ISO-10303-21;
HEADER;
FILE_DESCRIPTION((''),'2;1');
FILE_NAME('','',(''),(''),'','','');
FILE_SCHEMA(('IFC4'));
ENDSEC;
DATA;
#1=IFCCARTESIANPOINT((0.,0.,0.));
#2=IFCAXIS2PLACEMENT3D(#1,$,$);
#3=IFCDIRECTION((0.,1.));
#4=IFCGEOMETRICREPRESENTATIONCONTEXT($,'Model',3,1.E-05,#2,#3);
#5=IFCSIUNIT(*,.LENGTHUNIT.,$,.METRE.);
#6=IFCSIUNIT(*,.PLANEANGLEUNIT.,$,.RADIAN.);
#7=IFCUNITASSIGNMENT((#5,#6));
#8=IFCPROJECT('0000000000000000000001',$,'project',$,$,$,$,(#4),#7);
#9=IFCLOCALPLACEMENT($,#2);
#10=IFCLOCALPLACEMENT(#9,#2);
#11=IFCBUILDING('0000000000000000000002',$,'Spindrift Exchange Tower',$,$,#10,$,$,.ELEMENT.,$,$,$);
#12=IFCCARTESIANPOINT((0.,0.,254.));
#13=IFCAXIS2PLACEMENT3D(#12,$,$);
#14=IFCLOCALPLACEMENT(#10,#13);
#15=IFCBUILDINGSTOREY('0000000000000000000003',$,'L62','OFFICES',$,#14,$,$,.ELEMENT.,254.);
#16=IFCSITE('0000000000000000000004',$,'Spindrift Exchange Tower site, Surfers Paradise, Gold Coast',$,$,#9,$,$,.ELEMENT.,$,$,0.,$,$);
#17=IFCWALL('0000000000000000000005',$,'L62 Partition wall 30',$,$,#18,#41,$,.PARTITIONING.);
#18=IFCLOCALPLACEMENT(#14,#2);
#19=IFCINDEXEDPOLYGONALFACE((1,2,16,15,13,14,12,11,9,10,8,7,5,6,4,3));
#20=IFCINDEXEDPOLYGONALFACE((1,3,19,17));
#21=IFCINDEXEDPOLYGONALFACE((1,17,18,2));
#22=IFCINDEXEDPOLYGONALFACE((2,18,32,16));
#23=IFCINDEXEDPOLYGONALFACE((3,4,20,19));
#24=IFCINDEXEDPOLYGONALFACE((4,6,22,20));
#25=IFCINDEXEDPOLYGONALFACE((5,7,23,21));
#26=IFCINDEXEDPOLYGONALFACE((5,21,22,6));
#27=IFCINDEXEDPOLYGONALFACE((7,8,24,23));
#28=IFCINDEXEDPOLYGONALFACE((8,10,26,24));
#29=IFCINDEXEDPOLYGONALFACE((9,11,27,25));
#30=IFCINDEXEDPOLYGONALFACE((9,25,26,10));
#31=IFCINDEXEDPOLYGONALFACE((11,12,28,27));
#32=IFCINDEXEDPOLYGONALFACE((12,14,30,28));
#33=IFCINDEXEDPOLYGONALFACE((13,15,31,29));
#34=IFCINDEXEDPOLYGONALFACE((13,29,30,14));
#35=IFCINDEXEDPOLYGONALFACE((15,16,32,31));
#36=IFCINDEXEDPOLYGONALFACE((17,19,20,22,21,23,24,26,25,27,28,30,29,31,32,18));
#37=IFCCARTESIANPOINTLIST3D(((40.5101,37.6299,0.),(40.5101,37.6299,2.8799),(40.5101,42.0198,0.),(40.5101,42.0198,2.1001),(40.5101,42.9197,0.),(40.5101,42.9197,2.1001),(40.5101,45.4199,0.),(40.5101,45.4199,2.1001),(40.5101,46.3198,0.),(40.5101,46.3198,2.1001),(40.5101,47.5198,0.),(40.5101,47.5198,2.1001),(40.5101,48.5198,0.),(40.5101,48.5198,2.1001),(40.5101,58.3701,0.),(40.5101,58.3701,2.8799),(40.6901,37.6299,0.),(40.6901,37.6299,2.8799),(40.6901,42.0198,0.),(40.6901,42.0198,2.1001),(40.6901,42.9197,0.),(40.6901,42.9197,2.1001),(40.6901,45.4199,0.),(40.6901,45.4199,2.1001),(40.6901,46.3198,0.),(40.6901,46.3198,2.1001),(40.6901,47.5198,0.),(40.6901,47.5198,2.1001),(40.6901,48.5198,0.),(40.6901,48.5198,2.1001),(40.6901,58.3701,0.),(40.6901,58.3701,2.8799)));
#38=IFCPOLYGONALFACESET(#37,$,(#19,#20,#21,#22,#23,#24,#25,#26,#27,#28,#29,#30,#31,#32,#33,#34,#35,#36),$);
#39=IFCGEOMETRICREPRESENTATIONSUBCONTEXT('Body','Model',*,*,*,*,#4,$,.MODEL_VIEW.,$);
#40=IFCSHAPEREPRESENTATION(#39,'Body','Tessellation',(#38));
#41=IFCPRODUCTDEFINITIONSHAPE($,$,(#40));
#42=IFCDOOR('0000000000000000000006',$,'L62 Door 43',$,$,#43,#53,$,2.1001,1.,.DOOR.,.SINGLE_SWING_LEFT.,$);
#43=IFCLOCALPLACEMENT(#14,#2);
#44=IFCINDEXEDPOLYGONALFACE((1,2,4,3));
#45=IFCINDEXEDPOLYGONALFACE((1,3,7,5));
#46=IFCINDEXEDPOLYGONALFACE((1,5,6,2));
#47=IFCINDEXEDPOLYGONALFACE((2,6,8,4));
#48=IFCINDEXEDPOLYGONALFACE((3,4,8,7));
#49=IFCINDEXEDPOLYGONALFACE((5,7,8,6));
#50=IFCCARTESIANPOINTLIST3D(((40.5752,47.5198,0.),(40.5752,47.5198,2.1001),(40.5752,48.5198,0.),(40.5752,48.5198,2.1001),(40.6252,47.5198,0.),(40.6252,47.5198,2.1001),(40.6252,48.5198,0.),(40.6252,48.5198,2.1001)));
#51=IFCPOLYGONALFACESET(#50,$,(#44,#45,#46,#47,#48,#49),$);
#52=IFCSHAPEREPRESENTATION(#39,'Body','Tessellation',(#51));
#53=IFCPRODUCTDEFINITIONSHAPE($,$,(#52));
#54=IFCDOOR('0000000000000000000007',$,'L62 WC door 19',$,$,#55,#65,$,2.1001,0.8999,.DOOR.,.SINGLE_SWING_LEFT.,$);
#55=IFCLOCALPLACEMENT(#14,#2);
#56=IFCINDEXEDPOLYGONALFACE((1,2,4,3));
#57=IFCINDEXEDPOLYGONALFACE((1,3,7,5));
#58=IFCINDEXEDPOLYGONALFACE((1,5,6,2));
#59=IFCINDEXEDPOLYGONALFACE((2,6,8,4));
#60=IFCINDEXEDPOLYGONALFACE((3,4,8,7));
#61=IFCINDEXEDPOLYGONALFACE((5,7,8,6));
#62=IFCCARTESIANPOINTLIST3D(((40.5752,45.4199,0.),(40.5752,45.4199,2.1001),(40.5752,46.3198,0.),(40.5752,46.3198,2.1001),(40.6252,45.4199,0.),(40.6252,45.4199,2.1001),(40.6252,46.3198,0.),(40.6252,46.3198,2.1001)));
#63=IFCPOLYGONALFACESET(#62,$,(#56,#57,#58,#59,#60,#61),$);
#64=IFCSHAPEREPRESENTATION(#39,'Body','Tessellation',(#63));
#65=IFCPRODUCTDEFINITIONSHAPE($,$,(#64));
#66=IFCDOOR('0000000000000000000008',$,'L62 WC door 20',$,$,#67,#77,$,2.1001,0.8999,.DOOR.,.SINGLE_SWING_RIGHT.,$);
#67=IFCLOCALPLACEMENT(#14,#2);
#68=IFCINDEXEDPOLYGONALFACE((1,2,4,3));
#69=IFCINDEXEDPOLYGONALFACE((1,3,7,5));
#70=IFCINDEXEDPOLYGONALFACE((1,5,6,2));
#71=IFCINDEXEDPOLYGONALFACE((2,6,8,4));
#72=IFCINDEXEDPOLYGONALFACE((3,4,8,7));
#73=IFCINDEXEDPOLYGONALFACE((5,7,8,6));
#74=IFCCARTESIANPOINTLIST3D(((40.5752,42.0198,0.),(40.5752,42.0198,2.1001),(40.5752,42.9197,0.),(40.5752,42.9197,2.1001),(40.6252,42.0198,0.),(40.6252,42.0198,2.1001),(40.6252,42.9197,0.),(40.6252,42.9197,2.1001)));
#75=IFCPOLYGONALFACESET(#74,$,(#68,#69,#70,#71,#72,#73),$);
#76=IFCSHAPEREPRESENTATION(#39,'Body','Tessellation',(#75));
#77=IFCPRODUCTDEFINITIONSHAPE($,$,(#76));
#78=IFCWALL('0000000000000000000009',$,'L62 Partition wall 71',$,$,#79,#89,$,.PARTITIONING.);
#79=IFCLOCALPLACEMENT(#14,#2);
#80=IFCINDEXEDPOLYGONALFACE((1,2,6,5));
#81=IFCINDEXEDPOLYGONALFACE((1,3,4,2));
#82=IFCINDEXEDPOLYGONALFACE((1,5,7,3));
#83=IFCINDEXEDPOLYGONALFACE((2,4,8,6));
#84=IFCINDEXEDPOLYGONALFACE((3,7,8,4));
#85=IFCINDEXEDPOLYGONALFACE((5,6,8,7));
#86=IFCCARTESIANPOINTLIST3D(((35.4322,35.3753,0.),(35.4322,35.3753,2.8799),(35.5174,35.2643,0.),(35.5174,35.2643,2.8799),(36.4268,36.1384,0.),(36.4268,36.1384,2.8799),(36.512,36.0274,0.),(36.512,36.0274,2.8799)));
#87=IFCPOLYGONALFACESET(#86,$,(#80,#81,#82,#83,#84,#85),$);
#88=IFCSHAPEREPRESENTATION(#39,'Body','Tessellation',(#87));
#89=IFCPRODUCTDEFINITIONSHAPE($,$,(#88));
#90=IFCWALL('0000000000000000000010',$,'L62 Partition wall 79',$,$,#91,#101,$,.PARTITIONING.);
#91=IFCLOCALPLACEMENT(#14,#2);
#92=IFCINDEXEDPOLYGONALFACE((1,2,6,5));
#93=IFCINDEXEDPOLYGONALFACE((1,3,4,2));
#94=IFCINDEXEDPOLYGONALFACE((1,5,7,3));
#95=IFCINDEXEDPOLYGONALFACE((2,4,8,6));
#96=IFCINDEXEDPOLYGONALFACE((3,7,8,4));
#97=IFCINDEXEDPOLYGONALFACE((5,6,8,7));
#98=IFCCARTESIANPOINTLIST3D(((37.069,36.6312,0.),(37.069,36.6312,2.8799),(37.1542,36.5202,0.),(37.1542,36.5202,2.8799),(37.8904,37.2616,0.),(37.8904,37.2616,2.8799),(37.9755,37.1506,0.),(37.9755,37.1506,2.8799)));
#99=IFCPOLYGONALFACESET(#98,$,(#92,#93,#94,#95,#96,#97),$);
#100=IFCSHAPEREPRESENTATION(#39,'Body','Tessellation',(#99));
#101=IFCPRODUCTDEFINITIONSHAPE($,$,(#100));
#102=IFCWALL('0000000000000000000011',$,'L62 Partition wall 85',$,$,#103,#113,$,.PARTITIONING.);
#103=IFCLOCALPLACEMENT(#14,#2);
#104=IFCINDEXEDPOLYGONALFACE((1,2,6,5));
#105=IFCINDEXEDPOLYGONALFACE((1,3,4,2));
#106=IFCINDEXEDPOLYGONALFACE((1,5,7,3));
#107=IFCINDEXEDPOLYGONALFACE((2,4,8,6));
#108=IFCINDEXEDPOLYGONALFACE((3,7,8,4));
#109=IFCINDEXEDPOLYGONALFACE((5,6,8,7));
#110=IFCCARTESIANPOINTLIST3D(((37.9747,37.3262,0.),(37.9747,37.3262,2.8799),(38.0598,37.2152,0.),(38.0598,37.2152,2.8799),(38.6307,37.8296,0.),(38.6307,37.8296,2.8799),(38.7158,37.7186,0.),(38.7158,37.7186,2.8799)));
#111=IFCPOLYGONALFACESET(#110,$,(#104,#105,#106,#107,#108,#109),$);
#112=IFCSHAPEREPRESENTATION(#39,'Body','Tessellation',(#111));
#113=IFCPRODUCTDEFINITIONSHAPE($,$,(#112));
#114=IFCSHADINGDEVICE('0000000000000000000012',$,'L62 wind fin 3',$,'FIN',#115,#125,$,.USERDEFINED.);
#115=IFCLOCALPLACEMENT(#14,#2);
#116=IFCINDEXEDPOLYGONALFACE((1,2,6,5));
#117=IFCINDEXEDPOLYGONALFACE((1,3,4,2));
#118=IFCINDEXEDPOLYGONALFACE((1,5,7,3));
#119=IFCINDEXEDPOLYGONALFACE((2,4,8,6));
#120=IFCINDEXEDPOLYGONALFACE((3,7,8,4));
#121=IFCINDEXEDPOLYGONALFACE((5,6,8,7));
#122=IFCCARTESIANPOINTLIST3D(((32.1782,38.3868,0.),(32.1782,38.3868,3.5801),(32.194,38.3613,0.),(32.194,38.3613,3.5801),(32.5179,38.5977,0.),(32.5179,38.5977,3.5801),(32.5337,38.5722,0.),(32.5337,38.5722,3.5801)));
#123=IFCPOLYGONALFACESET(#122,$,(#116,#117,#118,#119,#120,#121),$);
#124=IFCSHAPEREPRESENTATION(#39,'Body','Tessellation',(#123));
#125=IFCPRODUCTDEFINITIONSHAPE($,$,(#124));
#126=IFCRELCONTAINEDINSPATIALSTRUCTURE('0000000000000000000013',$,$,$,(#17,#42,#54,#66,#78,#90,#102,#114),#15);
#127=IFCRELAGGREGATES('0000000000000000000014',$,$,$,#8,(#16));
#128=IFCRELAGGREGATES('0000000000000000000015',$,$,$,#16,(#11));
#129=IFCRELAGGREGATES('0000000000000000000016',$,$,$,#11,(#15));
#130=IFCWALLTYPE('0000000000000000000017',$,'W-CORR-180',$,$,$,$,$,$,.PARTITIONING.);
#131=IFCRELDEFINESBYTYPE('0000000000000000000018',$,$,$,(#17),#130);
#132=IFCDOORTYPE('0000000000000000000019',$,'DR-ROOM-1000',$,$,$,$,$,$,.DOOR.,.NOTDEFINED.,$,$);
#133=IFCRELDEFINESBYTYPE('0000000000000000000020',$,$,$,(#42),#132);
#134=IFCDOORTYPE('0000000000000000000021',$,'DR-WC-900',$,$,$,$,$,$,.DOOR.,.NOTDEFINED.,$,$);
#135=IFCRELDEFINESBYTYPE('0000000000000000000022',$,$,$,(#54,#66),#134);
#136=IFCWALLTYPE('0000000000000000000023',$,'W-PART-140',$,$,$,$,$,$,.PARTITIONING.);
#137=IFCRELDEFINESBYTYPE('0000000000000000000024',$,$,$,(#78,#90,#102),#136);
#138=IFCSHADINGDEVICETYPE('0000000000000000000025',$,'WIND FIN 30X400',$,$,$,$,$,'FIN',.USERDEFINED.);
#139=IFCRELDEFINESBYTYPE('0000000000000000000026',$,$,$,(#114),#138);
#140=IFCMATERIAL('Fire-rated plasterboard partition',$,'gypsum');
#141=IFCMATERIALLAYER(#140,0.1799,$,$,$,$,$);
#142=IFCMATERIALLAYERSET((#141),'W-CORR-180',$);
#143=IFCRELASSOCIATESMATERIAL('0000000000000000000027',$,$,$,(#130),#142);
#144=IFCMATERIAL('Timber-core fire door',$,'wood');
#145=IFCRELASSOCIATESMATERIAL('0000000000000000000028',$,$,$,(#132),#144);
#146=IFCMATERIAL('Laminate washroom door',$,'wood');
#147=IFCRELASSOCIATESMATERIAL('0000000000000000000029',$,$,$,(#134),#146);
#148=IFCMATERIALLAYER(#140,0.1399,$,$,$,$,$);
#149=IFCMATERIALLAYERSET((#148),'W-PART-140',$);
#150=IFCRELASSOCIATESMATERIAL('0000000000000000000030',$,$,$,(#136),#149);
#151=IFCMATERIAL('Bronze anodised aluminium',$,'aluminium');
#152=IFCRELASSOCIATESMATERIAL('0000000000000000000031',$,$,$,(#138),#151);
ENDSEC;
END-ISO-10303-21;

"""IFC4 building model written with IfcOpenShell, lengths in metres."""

from ifc_helpers import new_model, si_unit, direction, frame, frame_2d, origin, origin_2d, place, context, subcontext, project, spatial, rectangle, extrude, source, transform, mapped, material, layer, layer_set, material_profile, profile_set, type_object, element, fill, save


model = new_model("IFC4")

# Units and contexts
model_context = context("Model", 3, precision=1e-05, world=origin(), true_north=direction((0.0, 1.0)))
body_context = subcontext(model_context, "Body", "Model", "MODEL_VIEW")
ifc_project = project(units=[si_unit("LENGTHUNIT", "METRE"), si_unit("PLANEANGLEUNIT", "RADIAN")], contexts=[model_context])

# Site, building, storey
site_placement = place(None, origin())
site = spatial("IfcSite", under=ifc_project, at=site_placement, Name="Spindrift Exchange Tower site, Surfers Paradise, Gold Coast", CompositionType="ELEMENT", RefElevation=0.0)
building_placement = place(site_placement, origin())
building = spatial("IfcBuilding", under=site, at=building_placement, Name="Spindrift Exchange Tower", CompositionType="ELEMENT")
storey_placement = place(building_placement, frame((0.0, 0.0, 254.0)))
storey = spatial("IfcBuildingStorey", under=building, at=storey_placement, Name="L62", Description="OFFICES", CompositionType="ELEMENT", Elevation=254.0)

# Shared definitions
ifc_material_1 = material(Name="Bronze anodised aluminium", Category="aluminium")

# Wall, openings, doors
ifc_material_2 = material(Name="Fire-rated plasterboard partition", Category="gypsum")
ifc_layer_1 = layer(ifc_material_2, 0.1799)
ifc_layer_set_1 = layer_set([ifc_layer_1], Name="W-CORR-180")
wall_type_1 = type_object("IfcWallType", Name="W-CORR-180", PredefinedType="PARTITIONING", material=ifc_layer_set_1)
wall_1_placement = place(storey_placement, frame((40.6001, 37.6299, 0.0), z_axis=(0.0, 0.0, 1.0), x_axis=(0.0, 1.0, 0.0)))
wall_1 = element("IfcWall", 1, at=wall_1_placement, inside=storey, type_object=wall_type_1, Name="L62 Partition wall 30", PredefinedType="PARTITIONING", context=body_context, shape_type="SweptSolid", body=[
    extrude(rectangle(XDim=20.7402, YDim=0.1799, at=frame_2d((10.3701, 0.0))), origin(), (0.0, 0.0, 1.0), 2.8799),
])
opening_1_placement = place(wall_1_placement, frame((7.79, 0.0, 0.0)))
opening_1 = element("IfcOpeningElement", 2, at=opening_1_placement, cuts=wall_1, PredefinedType="OPENING", context=body_context, shape_type="SweptSolid", body=[
    extrude(rectangle(XDim=0.8999, YDim=2.1001, at=frame_2d((0.45, 1.05))), frame((0.0, 0.0999, 0.0), z_axis=(0.0, -1.0, 0.0), x_axis=(1.0, 0.0, 0.0)), (0.0, 0.0, 1.0), 0.2),
])
opening_2_placement = place(wall_1_placement, frame((4.3899, 0.0, 0.0)))
opening_2 = element("IfcOpeningElement", 3, at=opening_2_placement, cuts=wall_1, PredefinedType="OPENING", context=body_context, shape_type="SweptSolid", body=[
    extrude(rectangle(XDim=0.8999, YDim=2.1001, at=frame_2d((0.45, 1.05))), frame((0.0, 0.0999, 0.0), z_axis=(0.0, -1.0, 0.0), x_axis=(1.0, 0.0, 0.0)), (0.0, 0.0, 1.0), 0.2),
])
opening_3_placement = place(wall_1_placement, frame((9.8899, 0.0, 0.0)))
opening_3 = element("IfcOpeningElement", 4, at=opening_3_placement, cuts=wall_1, PredefinedType="OPENING", context=body_context, shape_type="SweptSolid", body=[
    extrude(rectangle(XDim=1.0, YDim=2.1001, at=frame_2d((0.5, 1.05))), frame((0.0, 0.0999, 0.0), z_axis=(0.0, -1.0, 0.0), x_axis=(1.0, 0.0, 0.0)), (0.0, 0.0, 1.0), 0.2),
])
ifc_material_3 = material(Name="Timber-core fire door", Category="wood")
door_type_1 = type_object("IfcDoorType", Name="DR-ROOM-1000", OperationType="NOTDEFINED", PredefinedType="DOOR", material=ifc_material_3)
shared_shape_1 = source(origin(), body_context, "Body", "SweptSolid", [
    extrude(rectangle(XDim=1.0, YDim=2.1001, at=frame_2d((0.5, 1.05))), frame((0.0, 0.0249, 0.0), z_axis=(0.0, -1.0, 0.0), x_axis=(1.0, 0.0, 0.0)), (0.0, 0.0, 1.0), 0.05),
])
door_1_placement = place(opening_3_placement, origin())
door_1 = element("IfcDoor", 5, at=door_1_placement, inside=storey, type_object=door_type_1, Name="L62 Door 43", OperationType="SINGLE_SWING_LEFT", OverallHeight=2.1001, OverallWidth=1.0, PredefinedType="DOOR", context=body_context, shape_type="MappedRepresentation", body=[
    mapped(shared_shape_1, transform((0.0, 0.0, 0.0), scale=1.0)),
])
fill(opening_3, door_1)
ifc_material_4 = material(Name="Laminate washroom door", Category="wood")
door_type_2 = type_object("IfcDoorType", Name="DR-WC-900", OperationType="NOTDEFINED", PredefinedType="DOOR", material=ifc_material_4)
shared_shape_2 = source(origin(), body_context, "Body", "SweptSolid", [
    extrude(rectangle(XDim=0.8999, YDim=2.1001, at=frame_2d((0.45, 1.05))), frame((0.0, 0.0249, 0.0), z_axis=(0.0, -1.0, 0.0), x_axis=(1.0, 0.0, 0.0)), (0.0, 0.0, 1.0), 0.05),
])
door_2_placement = place(opening_1_placement, origin())
door_2 = element("IfcDoor", 6, at=door_2_placement, inside=storey, type_object=door_type_2, Name="L62 WC door 19", OperationType="SINGLE_SWING_LEFT", OverallHeight=2.1001, OverallWidth=0.8999, PredefinedType="DOOR", context=body_context, shape_type="MappedRepresentation", body=[
    mapped(shared_shape_2, transform((0.0, 0.0, 0.0), scale=1.0)),
])
fill(opening_1, door_2)
door_3_placement = place(opening_2_placement, origin())
door_3 = element("IfcDoor", 7, at=door_3_placement, inside=storey, type_object=door_type_2, Name="L62 WC door 20", OperationType="SINGLE_SWING_RIGHT", OverallHeight=2.1001, OverallWidth=0.8999, PredefinedType="DOOR", context=body_context, shape_type="MappedRepresentation", body=[
    mapped(shared_shape_2, transform((0.0, 0.0, 0.0), scale=1.0)),
])
fill(opening_2, door_3)

# Walls
ifc_layer_2 = layer(ifc_material_2, 0.1399)
ifc_layer_set_2 = layer_set([ifc_layer_2], Name="W-PART-140")
wall_type_2 = type_object("IfcWallType", Name="W-PART-140", PredefinedType="PARTITIONING", material=ifc_layer_set_2)
wall_2_placement = place(storey_placement, frame((36.4695, 36.083, 0.0), z_axis=(0.0, 0.0, 1.0), x_axis=(-0.793362, -0.60875, 0.0)))
element("IfcWall", 8, at=wall_2_placement, inside=storey, type_object=wall_type_2, Name="L62 Partition wall 71", PredefinedType="PARTITIONING", context=body_context, shape_type="SweptSolid", body=[
    extrude(rectangle(XDim=1.2537, YDim=0.1399, at=frame_2d((0.627, 0.0))), origin(), (0.0, 0.0, 1.0), 2.8799),
])
wall_3_placement = place(storey_placement, frame((37.9329, 37.2061, 0.0), z_axis=(0.0, 0.0, 1.0), x_axis=(-0.793272, -0.608867, 0.0)))
element("IfcWall", 9, at=wall_3_placement, inside=storey, type_object=wall_type_2, Name="L62 Partition wall 79", PredefinedType="PARTITIONING", context=body_context, shape_type="SweptSolid", body=[
    extrude(rectangle(XDim=1.0354, YDim=0.1399, at=frame_2d((0.5176, 0.0))), origin(), (0.0, 0.0, 1.0), 2.8799),
])
wall_4_placement = place(storey_placement, frame((38.6733, 37.7742, 0.0), z_axis=(0.0, 0.0, 1.0), x_axis=(-0.793326, -0.608797, 0.0)))
element("IfcWall", 10, at=wall_4_placement, inside=storey, type_object=wall_type_2, Name="L62 Partition wall 85", PredefinedType="PARTITIONING", context=body_context, shape_type="SweptSolid", body=[
    extrude(rectangle(XDim=0.8269, YDim=0.1399, at=frame_2d((0.4136, 0.0))), origin(), (0.0, 0.0, 1.0), 2.8799),
])

# Shading device
ifc_material_profile_1 = material_profile(ifc_material_1, rectangle(XDim=0.03, YDim=0.3999, at=origin_2d()), Name="WIND FIN 30X400")
ifc_profile_set_1 = profile_set([ifc_material_profile_1], Name="Bronze anodised aluminium")
shading_device_type = type_object("IfcShadingDeviceType", Name="WIND FIN 30X400", ElementType="FIN", PredefinedType="USERDEFINED", material=ifc_profile_set_1)
shared_shape_3 = source(origin(), body_context, "Body", "SweptSolid", [
    extrude(rectangle(XDim=0.03, YDim=0.3999, at=origin_2d()), origin(), (0.0, 0.0, 1.0), 3.5801),
])
shading_device_placement = place(storey_placement, frame((32.356, 38.4795, 0.0), z_axis=(0.0, 0.0, 1.0), x_axis=(0.52751, -0.849549, 0.0)))
element("IfcShadingDevice", 11, at=shading_device_placement, inside=storey, type_object=shading_device_type, Name="L62 wind fin 3", ObjectType="FIN", PredefinedType="USERDEFINED", context=body_context, shape_type="MappedRepresentation", body=[
    mapped(shared_shape_3, transform((0.0, 0.0, 0.0), scale=1.0)),
])

save(model, "model.ifc")
